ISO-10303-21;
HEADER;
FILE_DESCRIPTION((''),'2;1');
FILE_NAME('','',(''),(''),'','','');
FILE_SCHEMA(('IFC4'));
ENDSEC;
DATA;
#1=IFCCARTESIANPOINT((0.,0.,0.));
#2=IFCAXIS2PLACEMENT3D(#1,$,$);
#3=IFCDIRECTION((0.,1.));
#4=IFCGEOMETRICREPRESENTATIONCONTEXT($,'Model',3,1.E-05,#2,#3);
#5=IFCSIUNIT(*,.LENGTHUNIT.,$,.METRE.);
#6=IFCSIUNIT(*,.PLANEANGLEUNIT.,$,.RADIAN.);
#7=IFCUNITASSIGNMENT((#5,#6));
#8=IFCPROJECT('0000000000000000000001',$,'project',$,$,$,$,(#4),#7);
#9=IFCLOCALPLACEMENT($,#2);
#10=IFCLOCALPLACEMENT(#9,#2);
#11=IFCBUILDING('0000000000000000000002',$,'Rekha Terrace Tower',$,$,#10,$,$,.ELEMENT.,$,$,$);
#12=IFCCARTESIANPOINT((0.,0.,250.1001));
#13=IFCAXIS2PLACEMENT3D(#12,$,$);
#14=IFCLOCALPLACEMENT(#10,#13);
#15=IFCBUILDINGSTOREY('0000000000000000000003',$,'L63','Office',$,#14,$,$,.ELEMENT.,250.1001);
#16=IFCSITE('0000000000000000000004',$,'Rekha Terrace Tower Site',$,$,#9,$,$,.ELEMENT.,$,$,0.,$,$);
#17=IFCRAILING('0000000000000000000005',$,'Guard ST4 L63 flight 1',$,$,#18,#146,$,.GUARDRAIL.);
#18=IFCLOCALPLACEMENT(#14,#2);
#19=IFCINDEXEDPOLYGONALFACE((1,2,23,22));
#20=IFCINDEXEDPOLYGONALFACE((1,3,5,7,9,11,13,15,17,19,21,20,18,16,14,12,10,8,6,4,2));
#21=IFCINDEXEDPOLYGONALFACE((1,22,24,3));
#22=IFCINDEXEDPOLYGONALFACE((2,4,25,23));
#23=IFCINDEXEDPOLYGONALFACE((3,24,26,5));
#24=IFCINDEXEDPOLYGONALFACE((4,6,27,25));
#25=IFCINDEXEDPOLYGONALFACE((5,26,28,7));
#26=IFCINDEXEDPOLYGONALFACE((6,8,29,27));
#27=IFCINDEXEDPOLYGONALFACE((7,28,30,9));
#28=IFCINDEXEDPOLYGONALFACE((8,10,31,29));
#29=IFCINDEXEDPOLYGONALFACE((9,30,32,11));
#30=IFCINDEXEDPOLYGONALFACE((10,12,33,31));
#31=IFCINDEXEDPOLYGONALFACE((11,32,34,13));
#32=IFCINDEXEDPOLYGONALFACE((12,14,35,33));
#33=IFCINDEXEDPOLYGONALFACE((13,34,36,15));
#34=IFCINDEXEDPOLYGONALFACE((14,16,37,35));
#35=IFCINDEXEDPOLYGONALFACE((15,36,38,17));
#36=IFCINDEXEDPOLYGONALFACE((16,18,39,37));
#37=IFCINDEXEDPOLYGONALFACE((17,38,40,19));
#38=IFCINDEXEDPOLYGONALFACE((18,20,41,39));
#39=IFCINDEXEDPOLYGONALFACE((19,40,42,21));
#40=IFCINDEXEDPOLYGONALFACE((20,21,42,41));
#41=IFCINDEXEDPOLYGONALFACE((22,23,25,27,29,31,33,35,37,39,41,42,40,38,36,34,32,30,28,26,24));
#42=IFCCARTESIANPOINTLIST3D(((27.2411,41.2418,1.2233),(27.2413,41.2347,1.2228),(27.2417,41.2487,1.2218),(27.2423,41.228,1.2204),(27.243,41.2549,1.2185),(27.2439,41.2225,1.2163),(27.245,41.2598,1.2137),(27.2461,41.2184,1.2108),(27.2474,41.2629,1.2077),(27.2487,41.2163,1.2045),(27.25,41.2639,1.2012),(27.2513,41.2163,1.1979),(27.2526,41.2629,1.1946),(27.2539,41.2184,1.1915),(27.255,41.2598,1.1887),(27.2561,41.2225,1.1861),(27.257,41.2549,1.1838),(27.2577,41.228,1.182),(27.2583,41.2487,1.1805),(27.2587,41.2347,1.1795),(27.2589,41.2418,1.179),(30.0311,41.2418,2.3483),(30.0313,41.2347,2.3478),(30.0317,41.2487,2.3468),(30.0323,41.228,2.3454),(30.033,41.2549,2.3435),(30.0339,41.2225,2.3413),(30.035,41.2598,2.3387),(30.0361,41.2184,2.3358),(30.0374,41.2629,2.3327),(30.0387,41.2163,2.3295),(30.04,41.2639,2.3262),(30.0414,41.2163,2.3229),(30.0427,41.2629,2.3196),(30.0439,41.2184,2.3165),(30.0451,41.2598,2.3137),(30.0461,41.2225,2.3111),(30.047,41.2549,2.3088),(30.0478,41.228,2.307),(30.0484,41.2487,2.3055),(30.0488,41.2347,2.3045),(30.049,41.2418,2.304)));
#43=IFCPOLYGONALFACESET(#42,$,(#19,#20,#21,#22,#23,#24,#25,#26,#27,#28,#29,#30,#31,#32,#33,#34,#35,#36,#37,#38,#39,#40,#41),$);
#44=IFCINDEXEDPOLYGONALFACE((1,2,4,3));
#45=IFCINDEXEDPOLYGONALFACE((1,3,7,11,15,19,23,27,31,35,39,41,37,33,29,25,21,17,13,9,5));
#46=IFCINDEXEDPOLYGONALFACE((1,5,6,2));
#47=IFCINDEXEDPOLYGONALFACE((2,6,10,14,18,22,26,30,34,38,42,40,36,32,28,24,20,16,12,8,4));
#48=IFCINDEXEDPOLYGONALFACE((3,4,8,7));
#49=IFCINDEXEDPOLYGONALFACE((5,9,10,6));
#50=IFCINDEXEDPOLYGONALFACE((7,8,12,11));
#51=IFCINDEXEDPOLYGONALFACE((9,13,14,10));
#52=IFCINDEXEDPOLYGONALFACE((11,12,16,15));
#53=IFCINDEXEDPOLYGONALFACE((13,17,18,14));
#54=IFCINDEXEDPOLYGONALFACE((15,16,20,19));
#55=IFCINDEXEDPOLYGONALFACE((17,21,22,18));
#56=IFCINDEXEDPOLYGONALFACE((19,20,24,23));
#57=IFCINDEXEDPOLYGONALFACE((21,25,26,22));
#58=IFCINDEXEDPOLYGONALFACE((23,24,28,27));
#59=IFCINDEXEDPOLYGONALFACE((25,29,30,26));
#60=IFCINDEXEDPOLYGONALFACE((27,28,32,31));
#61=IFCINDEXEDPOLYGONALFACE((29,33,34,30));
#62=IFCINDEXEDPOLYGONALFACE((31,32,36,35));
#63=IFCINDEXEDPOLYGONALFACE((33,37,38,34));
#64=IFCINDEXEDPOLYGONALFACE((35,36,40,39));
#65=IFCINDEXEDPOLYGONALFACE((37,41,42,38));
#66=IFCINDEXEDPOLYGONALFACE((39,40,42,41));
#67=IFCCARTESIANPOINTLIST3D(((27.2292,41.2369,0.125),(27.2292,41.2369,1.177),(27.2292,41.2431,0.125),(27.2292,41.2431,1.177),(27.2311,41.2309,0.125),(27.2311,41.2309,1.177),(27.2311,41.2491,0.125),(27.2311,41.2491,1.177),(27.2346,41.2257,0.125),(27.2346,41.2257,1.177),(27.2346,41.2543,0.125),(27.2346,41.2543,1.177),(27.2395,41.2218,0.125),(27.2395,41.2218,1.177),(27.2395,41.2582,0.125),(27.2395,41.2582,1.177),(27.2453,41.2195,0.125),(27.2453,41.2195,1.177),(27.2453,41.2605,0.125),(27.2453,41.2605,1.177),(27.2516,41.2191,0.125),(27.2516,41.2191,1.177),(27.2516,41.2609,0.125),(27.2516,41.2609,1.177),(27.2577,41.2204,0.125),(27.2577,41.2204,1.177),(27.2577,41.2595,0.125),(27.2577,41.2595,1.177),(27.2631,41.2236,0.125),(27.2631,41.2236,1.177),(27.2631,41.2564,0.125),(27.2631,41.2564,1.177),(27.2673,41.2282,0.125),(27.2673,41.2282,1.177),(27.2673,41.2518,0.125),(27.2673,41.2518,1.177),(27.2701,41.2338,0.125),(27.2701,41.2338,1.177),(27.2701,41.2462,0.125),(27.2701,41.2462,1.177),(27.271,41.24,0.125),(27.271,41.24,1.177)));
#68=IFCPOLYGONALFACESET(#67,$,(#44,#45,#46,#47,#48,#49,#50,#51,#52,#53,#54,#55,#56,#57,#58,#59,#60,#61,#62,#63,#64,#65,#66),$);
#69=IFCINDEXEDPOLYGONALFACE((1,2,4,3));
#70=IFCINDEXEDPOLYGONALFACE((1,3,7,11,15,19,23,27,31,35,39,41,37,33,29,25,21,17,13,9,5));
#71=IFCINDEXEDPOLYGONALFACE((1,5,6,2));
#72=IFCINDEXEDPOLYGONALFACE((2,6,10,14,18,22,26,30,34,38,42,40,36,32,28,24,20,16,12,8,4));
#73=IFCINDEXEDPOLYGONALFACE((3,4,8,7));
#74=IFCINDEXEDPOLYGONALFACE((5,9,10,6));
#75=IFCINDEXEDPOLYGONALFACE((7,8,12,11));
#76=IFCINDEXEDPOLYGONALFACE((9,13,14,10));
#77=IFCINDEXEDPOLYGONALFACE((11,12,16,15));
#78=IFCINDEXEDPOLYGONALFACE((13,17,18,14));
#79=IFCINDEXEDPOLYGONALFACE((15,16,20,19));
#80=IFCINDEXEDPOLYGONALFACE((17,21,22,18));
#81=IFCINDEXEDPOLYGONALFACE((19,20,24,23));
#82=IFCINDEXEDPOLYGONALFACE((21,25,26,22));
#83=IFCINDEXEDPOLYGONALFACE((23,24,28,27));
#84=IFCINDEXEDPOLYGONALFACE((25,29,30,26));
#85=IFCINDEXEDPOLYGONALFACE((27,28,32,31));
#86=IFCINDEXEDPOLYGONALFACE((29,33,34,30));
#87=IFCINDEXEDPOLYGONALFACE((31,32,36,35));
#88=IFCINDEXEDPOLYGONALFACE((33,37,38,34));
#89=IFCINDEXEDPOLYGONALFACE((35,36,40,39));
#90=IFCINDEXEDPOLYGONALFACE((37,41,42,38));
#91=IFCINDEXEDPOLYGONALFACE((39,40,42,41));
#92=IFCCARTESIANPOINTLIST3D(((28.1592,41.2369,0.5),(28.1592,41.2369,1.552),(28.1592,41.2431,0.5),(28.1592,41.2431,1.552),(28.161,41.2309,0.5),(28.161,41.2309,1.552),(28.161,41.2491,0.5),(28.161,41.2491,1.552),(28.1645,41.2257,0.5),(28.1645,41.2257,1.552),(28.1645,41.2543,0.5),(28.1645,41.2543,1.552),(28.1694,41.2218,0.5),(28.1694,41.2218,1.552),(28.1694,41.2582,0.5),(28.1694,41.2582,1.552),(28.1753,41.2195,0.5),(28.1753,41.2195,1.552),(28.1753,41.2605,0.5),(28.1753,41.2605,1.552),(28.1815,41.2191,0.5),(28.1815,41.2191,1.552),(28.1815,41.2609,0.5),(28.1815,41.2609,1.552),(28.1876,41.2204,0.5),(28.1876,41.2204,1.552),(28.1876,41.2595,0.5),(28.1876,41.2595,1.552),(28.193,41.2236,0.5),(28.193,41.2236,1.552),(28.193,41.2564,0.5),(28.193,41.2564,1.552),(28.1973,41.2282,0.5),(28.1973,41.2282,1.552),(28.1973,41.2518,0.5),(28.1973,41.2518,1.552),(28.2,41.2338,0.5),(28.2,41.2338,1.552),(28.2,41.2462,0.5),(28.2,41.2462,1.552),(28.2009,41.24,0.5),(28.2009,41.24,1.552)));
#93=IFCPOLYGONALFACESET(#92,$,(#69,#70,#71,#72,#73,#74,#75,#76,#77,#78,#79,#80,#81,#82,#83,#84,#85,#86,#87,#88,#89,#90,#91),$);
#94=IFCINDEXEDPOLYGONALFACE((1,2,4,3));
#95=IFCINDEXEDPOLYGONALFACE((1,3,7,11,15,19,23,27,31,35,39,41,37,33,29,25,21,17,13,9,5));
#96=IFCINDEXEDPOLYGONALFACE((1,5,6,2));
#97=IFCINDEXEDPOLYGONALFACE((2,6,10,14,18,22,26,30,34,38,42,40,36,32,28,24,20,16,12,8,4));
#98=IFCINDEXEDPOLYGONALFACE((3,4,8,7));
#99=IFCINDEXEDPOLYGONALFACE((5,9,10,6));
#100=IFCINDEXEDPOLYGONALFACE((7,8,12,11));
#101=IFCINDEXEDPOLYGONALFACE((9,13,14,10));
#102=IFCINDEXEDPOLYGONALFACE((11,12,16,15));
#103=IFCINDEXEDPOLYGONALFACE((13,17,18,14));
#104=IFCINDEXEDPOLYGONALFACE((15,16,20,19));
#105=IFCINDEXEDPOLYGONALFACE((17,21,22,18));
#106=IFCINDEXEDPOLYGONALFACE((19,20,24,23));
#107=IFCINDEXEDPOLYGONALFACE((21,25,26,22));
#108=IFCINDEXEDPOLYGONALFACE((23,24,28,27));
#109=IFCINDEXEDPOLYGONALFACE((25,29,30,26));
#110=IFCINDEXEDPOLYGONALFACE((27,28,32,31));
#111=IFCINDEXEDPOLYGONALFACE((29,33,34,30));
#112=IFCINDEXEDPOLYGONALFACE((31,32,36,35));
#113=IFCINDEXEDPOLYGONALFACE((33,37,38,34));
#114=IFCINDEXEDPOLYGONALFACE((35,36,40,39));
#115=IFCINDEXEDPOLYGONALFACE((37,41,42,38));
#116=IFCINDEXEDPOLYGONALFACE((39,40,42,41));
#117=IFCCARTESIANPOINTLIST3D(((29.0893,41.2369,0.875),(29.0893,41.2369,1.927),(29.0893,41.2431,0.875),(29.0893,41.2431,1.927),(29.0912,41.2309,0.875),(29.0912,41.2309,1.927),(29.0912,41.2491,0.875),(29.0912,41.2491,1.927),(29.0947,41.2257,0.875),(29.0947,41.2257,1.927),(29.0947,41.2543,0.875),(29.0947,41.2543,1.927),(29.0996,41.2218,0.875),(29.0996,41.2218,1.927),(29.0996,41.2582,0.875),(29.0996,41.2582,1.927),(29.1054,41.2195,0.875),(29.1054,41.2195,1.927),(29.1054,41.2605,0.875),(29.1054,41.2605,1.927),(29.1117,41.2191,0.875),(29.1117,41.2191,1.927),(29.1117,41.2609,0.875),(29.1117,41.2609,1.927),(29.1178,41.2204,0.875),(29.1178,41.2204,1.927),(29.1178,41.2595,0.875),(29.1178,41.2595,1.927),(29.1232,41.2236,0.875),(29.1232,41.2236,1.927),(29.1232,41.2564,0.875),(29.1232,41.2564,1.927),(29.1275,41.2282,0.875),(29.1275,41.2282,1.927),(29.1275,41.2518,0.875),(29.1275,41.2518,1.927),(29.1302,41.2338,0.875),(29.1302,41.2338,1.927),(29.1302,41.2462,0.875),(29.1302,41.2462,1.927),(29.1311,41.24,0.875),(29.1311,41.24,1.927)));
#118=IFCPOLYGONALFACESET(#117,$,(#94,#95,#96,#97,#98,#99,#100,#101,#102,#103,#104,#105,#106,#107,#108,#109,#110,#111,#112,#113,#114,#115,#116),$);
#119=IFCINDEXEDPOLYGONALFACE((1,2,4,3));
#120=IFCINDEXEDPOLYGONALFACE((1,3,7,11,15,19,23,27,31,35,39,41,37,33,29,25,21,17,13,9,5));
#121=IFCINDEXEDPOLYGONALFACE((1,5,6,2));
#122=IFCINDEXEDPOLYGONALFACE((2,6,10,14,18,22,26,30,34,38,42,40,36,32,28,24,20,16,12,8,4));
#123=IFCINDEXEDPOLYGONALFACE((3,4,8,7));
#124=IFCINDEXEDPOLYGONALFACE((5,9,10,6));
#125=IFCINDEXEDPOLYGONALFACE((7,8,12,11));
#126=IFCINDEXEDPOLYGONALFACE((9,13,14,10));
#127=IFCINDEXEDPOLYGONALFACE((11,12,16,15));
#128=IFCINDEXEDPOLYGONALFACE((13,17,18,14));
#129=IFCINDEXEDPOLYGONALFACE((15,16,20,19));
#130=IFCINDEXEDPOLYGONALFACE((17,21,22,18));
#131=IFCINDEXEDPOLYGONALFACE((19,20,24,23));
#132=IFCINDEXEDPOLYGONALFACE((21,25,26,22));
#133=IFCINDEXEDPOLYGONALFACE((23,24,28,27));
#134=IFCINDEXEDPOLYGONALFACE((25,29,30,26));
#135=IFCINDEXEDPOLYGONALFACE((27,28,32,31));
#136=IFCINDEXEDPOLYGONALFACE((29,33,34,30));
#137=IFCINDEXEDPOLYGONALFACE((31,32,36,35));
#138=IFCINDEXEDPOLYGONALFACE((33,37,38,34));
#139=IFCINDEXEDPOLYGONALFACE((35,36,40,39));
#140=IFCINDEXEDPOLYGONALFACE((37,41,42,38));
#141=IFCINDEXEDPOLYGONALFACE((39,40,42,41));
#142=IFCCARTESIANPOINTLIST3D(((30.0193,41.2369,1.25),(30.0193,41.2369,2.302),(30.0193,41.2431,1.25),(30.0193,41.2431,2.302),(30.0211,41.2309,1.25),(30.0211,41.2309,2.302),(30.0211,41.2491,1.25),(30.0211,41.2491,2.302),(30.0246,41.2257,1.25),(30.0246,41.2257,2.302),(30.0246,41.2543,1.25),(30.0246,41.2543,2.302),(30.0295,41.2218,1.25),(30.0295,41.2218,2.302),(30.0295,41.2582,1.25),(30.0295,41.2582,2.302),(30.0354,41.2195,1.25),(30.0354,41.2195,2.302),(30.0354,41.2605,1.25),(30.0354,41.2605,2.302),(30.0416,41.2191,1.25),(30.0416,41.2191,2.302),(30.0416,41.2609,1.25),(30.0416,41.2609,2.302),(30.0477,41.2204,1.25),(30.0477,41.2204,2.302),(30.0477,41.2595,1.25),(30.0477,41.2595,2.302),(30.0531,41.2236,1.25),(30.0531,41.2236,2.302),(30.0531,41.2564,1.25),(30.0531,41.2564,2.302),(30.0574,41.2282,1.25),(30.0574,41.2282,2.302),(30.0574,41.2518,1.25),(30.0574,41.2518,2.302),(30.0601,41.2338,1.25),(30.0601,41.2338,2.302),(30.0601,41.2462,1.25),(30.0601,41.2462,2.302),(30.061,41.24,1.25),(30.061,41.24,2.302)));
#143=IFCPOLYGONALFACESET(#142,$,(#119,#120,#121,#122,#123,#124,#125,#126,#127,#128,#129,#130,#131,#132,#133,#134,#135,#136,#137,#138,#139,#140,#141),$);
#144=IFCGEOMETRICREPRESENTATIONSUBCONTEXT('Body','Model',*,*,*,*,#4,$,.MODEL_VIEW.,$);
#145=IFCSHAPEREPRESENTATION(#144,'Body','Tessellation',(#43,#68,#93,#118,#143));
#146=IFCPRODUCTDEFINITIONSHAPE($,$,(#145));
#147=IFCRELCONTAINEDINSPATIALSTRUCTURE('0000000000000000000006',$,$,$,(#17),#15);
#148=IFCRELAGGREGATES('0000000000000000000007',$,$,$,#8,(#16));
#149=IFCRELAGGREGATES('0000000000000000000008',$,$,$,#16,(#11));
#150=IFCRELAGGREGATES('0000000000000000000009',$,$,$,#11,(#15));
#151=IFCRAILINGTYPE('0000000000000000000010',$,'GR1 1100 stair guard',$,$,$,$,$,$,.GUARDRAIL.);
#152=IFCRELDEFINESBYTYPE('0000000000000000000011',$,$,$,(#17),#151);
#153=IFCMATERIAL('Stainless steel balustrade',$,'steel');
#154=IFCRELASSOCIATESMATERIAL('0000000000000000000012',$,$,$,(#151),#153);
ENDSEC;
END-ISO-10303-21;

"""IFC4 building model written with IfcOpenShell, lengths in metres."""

from ifc_helpers import new_model, si_unit, direction, frame, origin, origin_2d, place, context, subcontext, project, spatial, circle, extrude, material, type_object, element, save


model = new_model("IFC4")

# Units and contexts
model_context = context("Model", 3, precision=1e-05, world=origin(), true_north=direction((0.0, 1.0)))
body_context = subcontext(model_context, "Body", "Model", "MODEL_VIEW")
ifc_project = project(units=[si_unit("LENGTHUNIT", "METRE"), si_unit("PLANEANGLEUNIT", "RADIAN")], contexts=[model_context])

# Site, building, storey
site_placement = place(None, origin())
site = spatial("IfcSite", under=ifc_project, at=site_placement, Name="Rekha Terrace Tower Site", CompositionType="ELEMENT", RefElevation=0.0)
building_placement = place(site_placement, origin())
building = spatial("IfcBuilding", under=site, at=building_placement, Name="Rekha Terrace Tower", CompositionType="ELEMENT")
storey_placement = place(building_placement, frame((0.0, 0.0, 250.1001)))
storey = spatial("IfcBuildingStorey", under=building, at=storey_placement, Name="L63", Description="Office", CompositionType="ELEMENT", Elevation=250.1001)

# Railing
ifc_material_1 = material(Name="Stainless steel balustrade", Category="steel")
railing_type_1 = type_object("IfcRailingType", Name="GR1 1100 stair guard", PredefinedType="GUARDRAIL", material=ifc_material_1)
railing_1_placement = place(storey_placement, frame((27.25, 41.24, 0.125)))
element("IfcRailing", 1, at=railing_1_placement, inside=storey, type_object=railing_type_1, Name="Guard ST4 L63 flight 1", PredefinedType="GUARDRAIL", context=body_context, shape_type="SweptSolid", body=[
    extrude(circle(Radius=0.0239, at=origin_2d()), frame((0.0, 0.0, 1.0762), z_axis=(0.927443, 0.0, 0.373964), x_axis=(0.0, 1.0, 0.0)), (0.0, 0.0, 1.0), 3.0083),
    extrude(circle(Radius=0.021, at=origin_2d()), origin(), (0.0, 0.0, 1.0), 1.052),
    extrude(circle(Radius=0.021, at=origin_2d()), frame((0.9299, 0.0, 0.375)), (0.0, 0.0, 1.0), 1.052),
    extrude(circle(Radius=0.021, at=origin_2d()), frame((1.8601, 0.0, 0.75)), (0.0, 0.0, 1.0), 1.052),
    extrude(circle(Radius=0.021, at=origin_2d()), frame((2.79, 0.0, 1.125)), (0.0, 0.0, 1.0), 1.052),
])

save(model, "model.ifc")
